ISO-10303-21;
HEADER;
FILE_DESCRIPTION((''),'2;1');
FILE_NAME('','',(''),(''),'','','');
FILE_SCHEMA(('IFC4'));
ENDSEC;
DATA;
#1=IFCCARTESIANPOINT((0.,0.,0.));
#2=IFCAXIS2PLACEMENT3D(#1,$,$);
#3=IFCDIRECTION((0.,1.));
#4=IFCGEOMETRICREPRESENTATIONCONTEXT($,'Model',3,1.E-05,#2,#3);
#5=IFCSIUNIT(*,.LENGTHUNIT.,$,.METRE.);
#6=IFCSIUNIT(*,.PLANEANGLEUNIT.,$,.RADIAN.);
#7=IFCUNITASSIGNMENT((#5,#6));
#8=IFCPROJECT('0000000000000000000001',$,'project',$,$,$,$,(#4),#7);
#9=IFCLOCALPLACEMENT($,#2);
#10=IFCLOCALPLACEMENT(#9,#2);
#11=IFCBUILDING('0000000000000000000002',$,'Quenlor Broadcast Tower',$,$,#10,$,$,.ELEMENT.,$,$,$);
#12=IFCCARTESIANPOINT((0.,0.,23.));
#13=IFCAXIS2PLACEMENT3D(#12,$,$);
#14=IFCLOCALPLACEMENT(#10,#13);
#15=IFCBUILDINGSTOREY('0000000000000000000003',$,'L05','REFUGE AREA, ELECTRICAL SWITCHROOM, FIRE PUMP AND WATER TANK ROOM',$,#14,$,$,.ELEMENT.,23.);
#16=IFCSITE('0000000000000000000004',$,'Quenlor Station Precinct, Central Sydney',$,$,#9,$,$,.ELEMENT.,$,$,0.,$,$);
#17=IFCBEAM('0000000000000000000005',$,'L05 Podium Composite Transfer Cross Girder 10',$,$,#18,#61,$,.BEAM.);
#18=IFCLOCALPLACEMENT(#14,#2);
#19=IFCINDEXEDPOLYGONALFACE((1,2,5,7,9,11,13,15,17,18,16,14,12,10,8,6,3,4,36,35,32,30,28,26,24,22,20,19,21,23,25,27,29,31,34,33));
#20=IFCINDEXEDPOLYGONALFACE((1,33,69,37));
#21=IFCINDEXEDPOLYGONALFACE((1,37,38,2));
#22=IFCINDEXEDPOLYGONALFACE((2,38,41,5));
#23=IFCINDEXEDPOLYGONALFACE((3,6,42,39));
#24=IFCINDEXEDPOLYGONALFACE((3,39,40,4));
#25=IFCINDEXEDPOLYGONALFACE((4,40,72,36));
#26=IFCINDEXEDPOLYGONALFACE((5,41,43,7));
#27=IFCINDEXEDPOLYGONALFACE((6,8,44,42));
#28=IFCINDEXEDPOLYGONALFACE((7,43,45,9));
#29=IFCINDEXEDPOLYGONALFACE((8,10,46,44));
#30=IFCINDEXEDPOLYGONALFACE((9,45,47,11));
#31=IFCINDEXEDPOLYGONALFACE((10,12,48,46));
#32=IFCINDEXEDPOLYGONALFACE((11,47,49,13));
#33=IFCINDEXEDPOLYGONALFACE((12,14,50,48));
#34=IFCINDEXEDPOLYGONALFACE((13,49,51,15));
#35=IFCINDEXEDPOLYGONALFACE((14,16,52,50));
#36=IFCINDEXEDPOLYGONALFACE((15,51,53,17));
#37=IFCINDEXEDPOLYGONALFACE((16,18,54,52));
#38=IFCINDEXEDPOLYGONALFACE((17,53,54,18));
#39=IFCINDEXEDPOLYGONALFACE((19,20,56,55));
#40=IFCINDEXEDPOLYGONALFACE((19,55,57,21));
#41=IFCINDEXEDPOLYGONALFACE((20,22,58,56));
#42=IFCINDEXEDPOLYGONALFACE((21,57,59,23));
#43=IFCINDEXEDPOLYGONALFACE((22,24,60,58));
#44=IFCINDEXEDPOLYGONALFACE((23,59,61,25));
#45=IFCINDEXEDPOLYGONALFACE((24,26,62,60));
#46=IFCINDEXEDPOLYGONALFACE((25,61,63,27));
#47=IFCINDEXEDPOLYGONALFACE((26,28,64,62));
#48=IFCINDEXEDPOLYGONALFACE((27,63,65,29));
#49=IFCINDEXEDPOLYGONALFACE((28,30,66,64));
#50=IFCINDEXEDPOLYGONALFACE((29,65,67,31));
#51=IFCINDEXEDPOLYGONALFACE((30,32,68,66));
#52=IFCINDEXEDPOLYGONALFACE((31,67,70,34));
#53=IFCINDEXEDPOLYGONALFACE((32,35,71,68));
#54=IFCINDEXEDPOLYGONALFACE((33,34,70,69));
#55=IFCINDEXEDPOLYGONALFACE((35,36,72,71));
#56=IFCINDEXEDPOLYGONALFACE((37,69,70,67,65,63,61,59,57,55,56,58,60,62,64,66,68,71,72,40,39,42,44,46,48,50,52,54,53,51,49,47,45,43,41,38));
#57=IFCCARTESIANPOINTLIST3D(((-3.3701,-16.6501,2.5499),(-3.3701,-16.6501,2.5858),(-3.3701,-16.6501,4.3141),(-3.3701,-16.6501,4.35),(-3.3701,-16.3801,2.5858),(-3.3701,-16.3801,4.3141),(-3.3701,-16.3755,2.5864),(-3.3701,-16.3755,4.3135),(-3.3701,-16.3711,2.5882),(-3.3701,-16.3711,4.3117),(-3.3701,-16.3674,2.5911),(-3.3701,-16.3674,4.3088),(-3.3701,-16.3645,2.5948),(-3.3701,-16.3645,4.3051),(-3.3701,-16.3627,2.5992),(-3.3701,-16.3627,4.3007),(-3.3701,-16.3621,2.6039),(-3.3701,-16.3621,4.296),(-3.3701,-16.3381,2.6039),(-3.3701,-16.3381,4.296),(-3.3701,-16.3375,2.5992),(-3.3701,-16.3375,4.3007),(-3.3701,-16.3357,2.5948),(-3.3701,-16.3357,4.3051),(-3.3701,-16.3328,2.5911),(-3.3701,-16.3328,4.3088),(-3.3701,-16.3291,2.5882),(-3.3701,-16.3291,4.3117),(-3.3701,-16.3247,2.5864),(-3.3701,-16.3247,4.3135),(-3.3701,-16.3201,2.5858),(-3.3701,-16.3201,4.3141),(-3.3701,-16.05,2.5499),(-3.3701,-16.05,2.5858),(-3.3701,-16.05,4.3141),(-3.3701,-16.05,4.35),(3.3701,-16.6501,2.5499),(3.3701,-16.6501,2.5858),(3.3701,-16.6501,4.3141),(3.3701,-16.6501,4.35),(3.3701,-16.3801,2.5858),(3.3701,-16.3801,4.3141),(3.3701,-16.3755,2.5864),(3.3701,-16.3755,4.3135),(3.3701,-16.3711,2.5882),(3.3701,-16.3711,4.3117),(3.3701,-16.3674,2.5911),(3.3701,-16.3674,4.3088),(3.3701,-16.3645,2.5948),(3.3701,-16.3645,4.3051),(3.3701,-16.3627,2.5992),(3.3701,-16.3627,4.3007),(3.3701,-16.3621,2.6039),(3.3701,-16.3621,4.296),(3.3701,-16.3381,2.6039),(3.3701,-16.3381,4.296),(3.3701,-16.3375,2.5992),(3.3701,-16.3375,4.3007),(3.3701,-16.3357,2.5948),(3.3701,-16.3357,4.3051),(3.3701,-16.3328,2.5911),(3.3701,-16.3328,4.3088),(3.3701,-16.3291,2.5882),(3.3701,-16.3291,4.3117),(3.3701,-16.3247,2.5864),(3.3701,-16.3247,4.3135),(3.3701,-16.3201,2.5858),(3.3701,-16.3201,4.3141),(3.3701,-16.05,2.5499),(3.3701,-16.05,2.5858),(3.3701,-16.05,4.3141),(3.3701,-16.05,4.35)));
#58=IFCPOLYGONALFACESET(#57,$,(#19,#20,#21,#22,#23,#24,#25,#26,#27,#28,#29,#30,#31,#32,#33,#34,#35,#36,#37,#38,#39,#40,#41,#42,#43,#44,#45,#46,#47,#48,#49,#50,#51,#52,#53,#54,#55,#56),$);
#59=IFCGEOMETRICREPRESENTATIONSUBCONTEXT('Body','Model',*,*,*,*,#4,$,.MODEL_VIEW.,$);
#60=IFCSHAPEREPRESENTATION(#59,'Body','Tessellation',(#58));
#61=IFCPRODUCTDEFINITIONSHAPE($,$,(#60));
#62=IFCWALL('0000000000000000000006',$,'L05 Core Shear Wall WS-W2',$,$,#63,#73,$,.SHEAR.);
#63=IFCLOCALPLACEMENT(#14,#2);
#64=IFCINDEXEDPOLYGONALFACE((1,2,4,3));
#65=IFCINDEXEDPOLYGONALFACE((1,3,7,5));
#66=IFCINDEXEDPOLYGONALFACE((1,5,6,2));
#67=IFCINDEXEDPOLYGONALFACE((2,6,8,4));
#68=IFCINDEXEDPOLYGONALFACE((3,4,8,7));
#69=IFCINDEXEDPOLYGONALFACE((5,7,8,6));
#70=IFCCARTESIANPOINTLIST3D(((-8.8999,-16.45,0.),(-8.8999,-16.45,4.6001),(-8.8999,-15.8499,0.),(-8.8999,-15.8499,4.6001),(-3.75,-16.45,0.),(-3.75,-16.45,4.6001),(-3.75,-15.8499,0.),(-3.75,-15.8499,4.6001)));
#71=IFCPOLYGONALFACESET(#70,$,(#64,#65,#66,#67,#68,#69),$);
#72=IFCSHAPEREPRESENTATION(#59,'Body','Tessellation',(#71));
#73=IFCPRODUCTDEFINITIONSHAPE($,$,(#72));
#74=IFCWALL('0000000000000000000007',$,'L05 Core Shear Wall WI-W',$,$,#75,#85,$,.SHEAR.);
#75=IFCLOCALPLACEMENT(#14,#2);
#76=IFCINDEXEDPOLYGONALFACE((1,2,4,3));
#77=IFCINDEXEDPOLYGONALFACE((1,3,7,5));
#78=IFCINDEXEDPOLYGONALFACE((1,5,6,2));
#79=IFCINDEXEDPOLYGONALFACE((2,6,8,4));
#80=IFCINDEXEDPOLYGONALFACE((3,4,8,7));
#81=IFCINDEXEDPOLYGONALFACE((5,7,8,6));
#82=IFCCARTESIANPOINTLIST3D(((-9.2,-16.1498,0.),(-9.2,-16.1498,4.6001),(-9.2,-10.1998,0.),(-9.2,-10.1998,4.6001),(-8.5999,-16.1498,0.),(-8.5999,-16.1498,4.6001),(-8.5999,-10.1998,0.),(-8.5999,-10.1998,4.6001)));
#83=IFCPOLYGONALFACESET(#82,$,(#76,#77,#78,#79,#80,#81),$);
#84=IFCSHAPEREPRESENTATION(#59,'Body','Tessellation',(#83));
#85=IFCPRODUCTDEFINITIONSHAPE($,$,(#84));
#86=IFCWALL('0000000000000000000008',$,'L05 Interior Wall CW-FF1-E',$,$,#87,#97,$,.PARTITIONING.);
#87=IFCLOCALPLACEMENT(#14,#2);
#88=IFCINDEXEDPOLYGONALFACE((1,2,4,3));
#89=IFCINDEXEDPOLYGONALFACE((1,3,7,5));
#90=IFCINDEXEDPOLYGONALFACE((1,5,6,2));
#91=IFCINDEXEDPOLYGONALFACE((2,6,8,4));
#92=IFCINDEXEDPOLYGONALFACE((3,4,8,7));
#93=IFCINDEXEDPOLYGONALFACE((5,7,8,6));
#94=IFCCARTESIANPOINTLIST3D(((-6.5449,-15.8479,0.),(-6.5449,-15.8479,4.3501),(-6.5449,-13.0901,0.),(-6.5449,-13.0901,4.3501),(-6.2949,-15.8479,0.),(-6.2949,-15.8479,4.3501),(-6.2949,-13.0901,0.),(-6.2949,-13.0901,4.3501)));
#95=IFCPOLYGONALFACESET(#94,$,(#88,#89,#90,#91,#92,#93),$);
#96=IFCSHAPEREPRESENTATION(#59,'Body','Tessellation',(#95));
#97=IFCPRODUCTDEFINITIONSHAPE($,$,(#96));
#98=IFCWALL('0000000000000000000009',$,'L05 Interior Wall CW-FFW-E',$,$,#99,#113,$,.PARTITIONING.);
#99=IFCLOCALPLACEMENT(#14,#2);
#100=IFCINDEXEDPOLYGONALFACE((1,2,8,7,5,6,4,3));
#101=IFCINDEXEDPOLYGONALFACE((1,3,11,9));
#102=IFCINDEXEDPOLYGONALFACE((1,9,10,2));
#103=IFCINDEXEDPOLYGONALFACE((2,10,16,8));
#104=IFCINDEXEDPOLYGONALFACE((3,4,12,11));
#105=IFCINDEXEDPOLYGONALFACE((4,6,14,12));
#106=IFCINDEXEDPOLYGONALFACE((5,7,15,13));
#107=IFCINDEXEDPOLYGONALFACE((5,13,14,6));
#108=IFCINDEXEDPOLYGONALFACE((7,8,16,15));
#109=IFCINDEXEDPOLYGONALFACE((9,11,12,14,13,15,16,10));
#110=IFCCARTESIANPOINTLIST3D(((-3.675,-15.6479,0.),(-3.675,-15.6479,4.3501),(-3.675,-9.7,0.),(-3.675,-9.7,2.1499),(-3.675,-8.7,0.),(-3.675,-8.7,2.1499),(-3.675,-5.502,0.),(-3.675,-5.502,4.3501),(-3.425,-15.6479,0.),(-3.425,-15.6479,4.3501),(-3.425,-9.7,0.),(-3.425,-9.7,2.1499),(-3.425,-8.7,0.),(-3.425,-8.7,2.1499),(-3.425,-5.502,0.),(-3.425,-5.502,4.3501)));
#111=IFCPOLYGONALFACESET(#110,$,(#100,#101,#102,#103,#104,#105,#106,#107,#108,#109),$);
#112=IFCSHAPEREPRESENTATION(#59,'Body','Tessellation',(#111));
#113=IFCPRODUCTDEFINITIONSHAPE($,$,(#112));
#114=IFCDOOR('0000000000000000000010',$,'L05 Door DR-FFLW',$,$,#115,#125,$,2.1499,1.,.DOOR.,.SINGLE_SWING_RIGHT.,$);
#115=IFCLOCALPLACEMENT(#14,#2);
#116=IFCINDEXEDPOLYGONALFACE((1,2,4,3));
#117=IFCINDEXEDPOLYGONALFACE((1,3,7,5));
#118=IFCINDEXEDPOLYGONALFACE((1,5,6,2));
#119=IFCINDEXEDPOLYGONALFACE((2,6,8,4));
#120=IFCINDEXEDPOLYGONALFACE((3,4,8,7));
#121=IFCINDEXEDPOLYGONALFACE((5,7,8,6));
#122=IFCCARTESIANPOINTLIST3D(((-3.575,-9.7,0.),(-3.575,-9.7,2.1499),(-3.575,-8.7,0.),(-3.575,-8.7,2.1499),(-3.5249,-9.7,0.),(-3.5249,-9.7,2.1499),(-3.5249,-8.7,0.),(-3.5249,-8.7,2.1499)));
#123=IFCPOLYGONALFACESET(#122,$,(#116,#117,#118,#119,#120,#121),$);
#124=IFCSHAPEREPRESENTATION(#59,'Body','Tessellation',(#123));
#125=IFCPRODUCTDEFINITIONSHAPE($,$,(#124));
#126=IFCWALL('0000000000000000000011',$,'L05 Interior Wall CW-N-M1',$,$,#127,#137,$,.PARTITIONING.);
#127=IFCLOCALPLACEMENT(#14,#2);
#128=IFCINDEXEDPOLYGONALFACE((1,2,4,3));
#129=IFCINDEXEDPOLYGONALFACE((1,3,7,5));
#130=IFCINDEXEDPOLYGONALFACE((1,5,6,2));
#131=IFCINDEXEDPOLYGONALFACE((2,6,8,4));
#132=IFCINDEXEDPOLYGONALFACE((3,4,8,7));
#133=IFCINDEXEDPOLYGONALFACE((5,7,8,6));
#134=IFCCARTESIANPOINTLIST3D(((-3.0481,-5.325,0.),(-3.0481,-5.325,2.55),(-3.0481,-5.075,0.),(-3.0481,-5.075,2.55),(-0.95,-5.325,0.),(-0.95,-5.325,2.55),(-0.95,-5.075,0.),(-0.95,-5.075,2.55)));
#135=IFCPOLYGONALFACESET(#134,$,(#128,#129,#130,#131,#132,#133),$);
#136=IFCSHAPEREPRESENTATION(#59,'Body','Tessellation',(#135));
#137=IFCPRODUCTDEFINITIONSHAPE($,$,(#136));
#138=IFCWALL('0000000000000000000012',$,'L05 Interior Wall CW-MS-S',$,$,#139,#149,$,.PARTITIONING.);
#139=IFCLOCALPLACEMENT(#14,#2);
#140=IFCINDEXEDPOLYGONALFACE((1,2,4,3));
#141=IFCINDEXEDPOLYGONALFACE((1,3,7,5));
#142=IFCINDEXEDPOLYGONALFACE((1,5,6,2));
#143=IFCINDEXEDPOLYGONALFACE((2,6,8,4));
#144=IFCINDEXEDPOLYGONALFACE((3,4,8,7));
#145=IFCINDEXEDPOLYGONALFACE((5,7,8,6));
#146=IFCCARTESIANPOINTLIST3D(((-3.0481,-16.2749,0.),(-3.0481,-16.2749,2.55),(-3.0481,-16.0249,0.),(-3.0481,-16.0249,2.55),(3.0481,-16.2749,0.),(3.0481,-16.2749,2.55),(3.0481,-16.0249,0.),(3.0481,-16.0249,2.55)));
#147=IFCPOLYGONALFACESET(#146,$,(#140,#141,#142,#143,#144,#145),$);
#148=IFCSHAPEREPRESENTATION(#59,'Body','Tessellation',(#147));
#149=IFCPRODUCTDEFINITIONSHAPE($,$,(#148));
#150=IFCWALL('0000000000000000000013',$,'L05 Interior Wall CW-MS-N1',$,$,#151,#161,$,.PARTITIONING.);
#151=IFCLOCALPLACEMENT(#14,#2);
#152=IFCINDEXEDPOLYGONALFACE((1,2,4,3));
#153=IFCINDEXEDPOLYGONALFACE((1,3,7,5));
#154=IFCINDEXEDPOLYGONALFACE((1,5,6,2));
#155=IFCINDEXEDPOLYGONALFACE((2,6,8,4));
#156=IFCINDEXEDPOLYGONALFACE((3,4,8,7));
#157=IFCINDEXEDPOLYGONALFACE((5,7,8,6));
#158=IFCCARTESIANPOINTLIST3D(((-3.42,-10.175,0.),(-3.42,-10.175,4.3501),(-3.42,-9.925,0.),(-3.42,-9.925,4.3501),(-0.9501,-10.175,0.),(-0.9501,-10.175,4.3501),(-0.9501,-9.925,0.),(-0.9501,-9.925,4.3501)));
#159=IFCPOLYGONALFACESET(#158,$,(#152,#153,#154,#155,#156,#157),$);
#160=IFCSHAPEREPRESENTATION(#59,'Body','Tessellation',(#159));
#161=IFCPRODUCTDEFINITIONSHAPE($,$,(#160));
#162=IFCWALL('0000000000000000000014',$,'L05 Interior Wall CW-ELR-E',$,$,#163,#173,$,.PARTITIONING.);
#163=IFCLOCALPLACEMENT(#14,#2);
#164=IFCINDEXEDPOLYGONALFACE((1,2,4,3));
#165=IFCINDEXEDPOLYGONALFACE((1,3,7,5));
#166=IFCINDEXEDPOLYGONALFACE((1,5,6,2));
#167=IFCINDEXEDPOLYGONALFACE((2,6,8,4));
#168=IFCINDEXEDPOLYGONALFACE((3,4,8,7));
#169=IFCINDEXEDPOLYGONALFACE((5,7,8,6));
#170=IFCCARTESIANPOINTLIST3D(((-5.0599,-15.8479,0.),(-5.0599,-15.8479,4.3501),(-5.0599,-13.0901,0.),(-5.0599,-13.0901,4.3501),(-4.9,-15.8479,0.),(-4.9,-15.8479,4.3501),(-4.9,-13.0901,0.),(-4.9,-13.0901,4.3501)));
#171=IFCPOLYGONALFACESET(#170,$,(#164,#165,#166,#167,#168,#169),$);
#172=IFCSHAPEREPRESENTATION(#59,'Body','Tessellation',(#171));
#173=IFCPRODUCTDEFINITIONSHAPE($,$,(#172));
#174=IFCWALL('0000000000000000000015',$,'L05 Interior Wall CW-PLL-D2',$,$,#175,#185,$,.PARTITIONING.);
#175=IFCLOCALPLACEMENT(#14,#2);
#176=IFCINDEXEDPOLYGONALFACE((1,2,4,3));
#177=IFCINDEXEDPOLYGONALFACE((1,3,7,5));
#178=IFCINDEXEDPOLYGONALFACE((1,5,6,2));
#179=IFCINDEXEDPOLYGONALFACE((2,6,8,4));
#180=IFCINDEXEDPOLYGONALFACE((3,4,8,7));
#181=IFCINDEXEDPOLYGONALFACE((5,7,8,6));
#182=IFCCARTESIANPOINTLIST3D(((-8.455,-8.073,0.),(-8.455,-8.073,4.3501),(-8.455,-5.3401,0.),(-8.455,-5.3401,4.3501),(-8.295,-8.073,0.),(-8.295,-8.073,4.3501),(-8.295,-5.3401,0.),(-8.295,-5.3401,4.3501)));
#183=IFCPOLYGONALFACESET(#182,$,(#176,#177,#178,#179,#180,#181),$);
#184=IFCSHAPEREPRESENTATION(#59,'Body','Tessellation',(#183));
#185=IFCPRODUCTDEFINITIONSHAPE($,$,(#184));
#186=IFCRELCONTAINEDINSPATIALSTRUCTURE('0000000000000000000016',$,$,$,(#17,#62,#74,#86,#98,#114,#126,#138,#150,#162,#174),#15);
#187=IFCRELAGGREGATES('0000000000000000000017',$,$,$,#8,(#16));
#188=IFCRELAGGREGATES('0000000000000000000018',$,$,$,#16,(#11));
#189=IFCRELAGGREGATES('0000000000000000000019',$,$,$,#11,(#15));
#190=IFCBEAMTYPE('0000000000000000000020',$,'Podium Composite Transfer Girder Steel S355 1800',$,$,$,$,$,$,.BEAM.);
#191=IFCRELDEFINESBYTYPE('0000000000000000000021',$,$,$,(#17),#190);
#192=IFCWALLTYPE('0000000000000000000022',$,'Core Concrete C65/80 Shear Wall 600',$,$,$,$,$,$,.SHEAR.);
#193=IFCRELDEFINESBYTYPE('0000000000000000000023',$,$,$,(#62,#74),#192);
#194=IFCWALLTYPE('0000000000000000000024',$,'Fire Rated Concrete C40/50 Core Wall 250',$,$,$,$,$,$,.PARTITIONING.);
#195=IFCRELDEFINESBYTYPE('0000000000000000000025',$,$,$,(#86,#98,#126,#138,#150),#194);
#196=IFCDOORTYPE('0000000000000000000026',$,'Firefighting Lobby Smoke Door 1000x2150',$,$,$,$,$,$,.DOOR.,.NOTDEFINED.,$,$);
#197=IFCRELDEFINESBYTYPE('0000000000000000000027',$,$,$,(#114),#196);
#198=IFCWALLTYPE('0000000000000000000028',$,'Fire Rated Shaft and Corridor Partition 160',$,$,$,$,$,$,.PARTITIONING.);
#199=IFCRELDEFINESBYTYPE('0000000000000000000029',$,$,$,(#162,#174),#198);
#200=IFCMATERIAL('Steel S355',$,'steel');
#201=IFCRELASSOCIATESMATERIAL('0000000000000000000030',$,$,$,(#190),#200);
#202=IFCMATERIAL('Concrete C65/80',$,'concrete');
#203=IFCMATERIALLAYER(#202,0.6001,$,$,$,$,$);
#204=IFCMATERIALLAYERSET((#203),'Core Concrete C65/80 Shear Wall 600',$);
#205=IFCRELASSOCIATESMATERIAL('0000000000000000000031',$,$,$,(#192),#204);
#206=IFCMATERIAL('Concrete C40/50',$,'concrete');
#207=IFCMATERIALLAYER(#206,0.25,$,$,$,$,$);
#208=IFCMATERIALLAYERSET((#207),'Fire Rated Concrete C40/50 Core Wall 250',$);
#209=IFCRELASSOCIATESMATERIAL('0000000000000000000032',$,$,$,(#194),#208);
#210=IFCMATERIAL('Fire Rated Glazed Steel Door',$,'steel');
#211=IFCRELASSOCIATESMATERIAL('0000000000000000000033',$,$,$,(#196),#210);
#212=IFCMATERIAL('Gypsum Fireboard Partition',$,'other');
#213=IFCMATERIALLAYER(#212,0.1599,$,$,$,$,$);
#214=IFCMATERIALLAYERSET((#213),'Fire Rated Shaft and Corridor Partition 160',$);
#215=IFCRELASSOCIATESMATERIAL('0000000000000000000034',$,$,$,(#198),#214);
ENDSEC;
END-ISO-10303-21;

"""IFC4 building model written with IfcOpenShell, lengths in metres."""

from ifc_helpers import new_model, si_unit, direction, frame, frame_2d, origin, origin_2d, place, context, subcontext, project, spatial, rectangle, i_section, extrude, material, layer, layer_set, material_profile, profile_set, type_object, element, fill, save


model = new_model("IFC4")

# Units and contexts
model_context = context("Model", 3, precision=1e-05, world=origin(), true_north=direction((0.0, 1.0)))
body_context = subcontext(model_context, "Body", "Model", "MODEL_VIEW")
ifc_project = project(units=[si_unit("LENGTHUNIT", "METRE"), si_unit("PLANEANGLEUNIT", "RADIAN")], contexts=[model_context])

# Site, building, storey
site_placement = place(None, origin())
site = spatial("IfcSite", under=ifc_project, at=site_placement, Name="Quenlor Station Precinct, Central Sydney", CompositionType="ELEMENT", RefElevation=0.0)
building_placement = place(site_placement, origin())
building = spatial("IfcBuilding", under=site, at=building_placement, Name="Quenlor Broadcast Tower", CompositionType="ELEMENT")
storey_placement = place(building_placement, frame((0.0, 0.0, 23.0)))
storey = spatial("IfcBuildingStorey", under=building, at=storey_placement, Name="L05", Description="REFUGE AREA, ELECTRICAL SWITCHROOM, FIRE PUMP AND WATER TANK ROOM", CompositionType="ELEMENT", Elevation=23.0)

# Beam
ifc_material_1 = material(Name="Steel S355", Category="steel")
ifc_material_profile = material_profile(ifc_material_1, i_section(OverallWidth=0.6001, OverallDepth=1.8, WebThickness=0.0239, FlangeThickness=0.0359, FilletRadius=0.0181, at=origin_2d()))
ifc_profile_set = profile_set([ifc_material_profile], Name="Steel S355 1800TG620")
beam_type = type_object("IfcBeamType", Name="Podium Composite Transfer Girder Steel S355 1800", PredefinedType="BEAM", material=ifc_profile_set)
beam_placement = place(storey_placement, frame((-3.3701, -16.3501, 3.45), z_axis=(1.0, 0.0, 0.0), x_axis=(0.0, 1.0, 0.0)))
element("IfcBeam", 1, at=beam_placement, inside=storey, type_object=beam_type, Name="L05 Podium Composite Transfer Cross Girder 10", PredefinedType="BEAM", context=body_context, shape_type="SweptSolid", body=[
    extrude(i_section(OverallWidth=0.6001, OverallDepth=1.8, WebThickness=0.0239, FlangeThickness=0.0359, FilletRadius=0.0181, at=origin_2d()), origin(), (0.0, 0.0, 1.0), 6.7402),
])

# Walls
ifc_material_2 = material(Name="Concrete C65/80", Category="concrete")
ifc_layer_1 = layer(ifc_material_2, 0.6001)
ifc_layer_set_1 = layer_set([ifc_layer_1], Name="Core Concrete C65/80 Shear Wall 600")
wall_type_1 = type_object("IfcWallType", Name="Core Concrete C65/80 Shear Wall 600", PredefinedType="SHEAR", material=ifc_layer_set_1)
wall_1_placement = place(storey_placement, frame((-8.8999, -16.1499, 0.0), z_axis=(0.0, 0.0, 1.0), x_axis=(1.0, 0.0, 0.0)))
element("IfcWall", 2, at=wall_1_placement, inside=storey, type_object=wall_type_1, Name="L05 Core Shear Wall WS-W2", PredefinedType="SHEAR", context=body_context, shape_type="SweptSolid", body=[
    extrude(rectangle(XDim=5.1499, YDim=0.6001, at=frame_2d((2.575, 0.0))), origin(), (0.0, 0.0, 1.0), 4.6001),
])
wall_2_placement = place(storey_placement, frame((-8.8999, -16.1499, 0.0), z_axis=(0.0, 0.0, 1.0), x_axis=(0.0, 1.0, 0.0)))
element("IfcWall", 3, at=wall_2_placement, inside=storey, type_object=wall_type_1, Name="L05 Core Shear Wall WI-W", PredefinedType="SHEAR", context=body_context, shape_type="SweptSolid", body=[
    extrude(rectangle(XDim=5.95, YDim=0.6001, at=frame_2d((2.9751, 0.0))), origin(), (0.0, 0.0, 1.0), 4.6001),
])

# Shared definitions
ifc_material_3 = material(Name="Concrete C40/50", Category="concrete")
ifc_layer_2 = layer(ifc_material_3, 0.25)
ifc_layer_set_2 = layer_set([ifc_layer_2], Name="Fire Rated Concrete C40/50 Core Wall 250")
wall_type_2 = type_object("IfcWallType", Name="Fire Rated Concrete C40/50 Core Wall 250", PredefinedType="PARTITIONING", material=ifc_layer_set_2)

# Wall
wall_3_placement = place(storey_placement, frame((-6.4199, -15.8479, 0.0), z_axis=(0.0, 0.0, 1.0), x_axis=(0.0, 1.0, 0.0)))
element("IfcWall", 4, at=wall_3_placement, inside=storey, type_object=wall_type_2, Name="L05 Interior Wall CW-FF1-E", PredefinedType="PARTITIONING", context=body_context, shape_type="SweptSolid", body=[
    extrude(rectangle(XDim=2.7578, YDim=0.25, at=frame_2d((1.3789, 0.0))), origin(), (0.0, 0.0, 1.0), 4.3501),
])

# Wall, opening, door
wall_4_placement = place(storey_placement, frame((-3.55, -15.6479, 0.0), z_axis=(0.0, 0.0, 1.0), x_axis=(0.0, 1.0, 0.0)))
wall_4 = element("IfcWall", 5, at=wall_4_placement, inside=storey, type_object=wall_type_2, Name="L05 Interior Wall CW-FFW-E", PredefinedType="PARTITIONING", context=body_context, shape_type="SweptSolid", body=[
    extrude(rectangle(XDim=10.146, YDim=0.25, at=frame_2d((5.073, 0.0))), origin(), (0.0, 0.0, 1.0), 4.3501),
])
opening_1_placement = place(wall_4_placement, frame((5.948, 0.0, 0.0)))
opening_1 = element("IfcOpeningElement", 6, at=opening_1_placement, cuts=wall_4, PredefinedType="OPENING", context=body_context, shape_type="SweptSolid", body=[
    extrude(rectangle(XDim=1.0, YDim=2.1499, at=frame_2d((0.5, 1.075))), frame((0.0, 0.135, 0.0), z_axis=(0.0, -1.0, 0.0), x_axis=(1.0, 0.0, 0.0)), (0.0, 0.0, 1.0), 0.27),
])
ifc_material_4 = material(Name="Fire Rated Glazed Steel Door", Category="steel")
door_type_1 = type_object("IfcDoorType", Name="Firefighting Lobby Smoke Door 1000x2150", OperationType="NOTDEFINED", PredefinedType="DOOR", material=ifc_material_4)
door_1_placement = place(opening_1_placement, origin())
door_1 = element("IfcDoor", 7, at=door_1_placement, inside=storey, type_object=door_type_1, Name="L05 Door DR-FFLW", OperationType="SINGLE_SWING_RIGHT", OverallHeight=2.1499, OverallWidth=1.0, PredefinedType="DOOR", context=body_context, shape_type="SweptSolid", body=[
    extrude(rectangle(XDim=1.0, YDim=2.1499, at=frame_2d((0.5, 1.075))), frame((0.0, 0.0249, 0.0), z_axis=(0.0, -1.0, 0.0), x_axis=(1.0, 0.0, 0.0)), (0.0, 0.0, 1.0), 0.05),
])
fill(opening_1, door_1)

# Walls
wall_5_placement = place(storey_placement, frame((-3.0481, -5.2, 0.0), z_axis=(0.0, 0.0, 1.0), x_axis=(1.0, 0.0, 0.0)))
element("IfcWall", 8, at=wall_5_placement, inside=storey, type_object=wall_type_2, Name="L05 Interior Wall CW-N-M1", PredefinedType="PARTITIONING", context=body_context, shape_type="SweptSolid", body=[
    extrude(rectangle(XDim=2.0981, YDim=0.25, at=frame_2d((1.0491, 0.0))), origin(), (0.0, 0.0, 1.0), 2.55),
])
wall_6_placement = place(storey_placement, frame((-3.0481, -16.1499, 0.0), z_axis=(0.0, 0.0, 1.0), x_axis=(1.0, 0.0, 0.0)))
element("IfcWall", 9, at=wall_6_placement, inside=storey, type_object=wall_type_2, Name="L05 Interior Wall CW-MS-S", PredefinedType="PARTITIONING", context=body_context, shape_type="SweptSolid", body=[
    extrude(rectangle(XDim=6.0962, YDim=0.25, at=frame_2d((3.0481, 0.0))), origin(), (0.0, 0.0, 1.0), 2.55),
])
wall_7_placement = place(storey_placement, frame((-3.4199, -10.05, 0.0), z_axis=(0.0, 0.0, 1.0), x_axis=(1.0, 0.0, 0.0)))
element("IfcWall", 10, at=wall_7_placement, inside=storey, type_object=wall_type_2, Name="L05 Interior Wall CW-MS-N1", PredefinedType="PARTITIONING", context=body_context, shape_type="SweptSolid", body=[
    extrude(rectangle(XDim=2.47, YDim=0.25, at=frame_2d((1.2349, 0.0))), origin(), (0.0, 0.0, 1.0), 4.3501),
])
ifc_material_5 = material(Name="Gypsum Fireboard Partition", Category="other")
ifc_layer_3 = layer(ifc_material_5, 0.1599)
ifc_layer_set_3 = layer_set([ifc_layer_3], Name="Fire Rated Shaft and Corridor Partition 160")
wall_type_3 = type_object("IfcWallType", Name="Fire Rated Shaft and Corridor Partition 160", PredefinedType="PARTITIONING", material=ifc_layer_set_3)
wall_8_placement = place(storey_placement, frame((-4.98, -15.8479, 0.0), z_axis=(0.0, 0.0, 1.0), x_axis=(0.0, 1.0, 0.0)))
element("IfcWall", 11, at=wall_8_placement, inside=storey, type_object=wall_type_3, Name="L05 Interior Wall CW-ELR-E", PredefinedType="PARTITIONING", context=body_context, shape_type="SweptSolid", body=[
    extrude(rectangle(XDim=2.7578, YDim=0.1599, at=frame_2d((1.3789, 0.0))), origin(), (0.0, 0.0, 1.0), 4.3501),
])
for number, where, z_axis, x_axis, name in (
    (12, (-8.375, -8.073, 0.0), (0.0, 0.0, 1.0), (0.0, 1.0, 0.0), "L05 Interior Wall CW-PLL-D2"),
):
    element("IfcWall", number, at=place(storey_placement, frame(where, z_axis=z_axis, x_axis=x_axis)), inside=storey, type_object=wall_type_3, Name=name, PredefinedType="PARTITIONING", context=body_context, shape_type="SweptSolid", body=[
        extrude(rectangle(XDim=2.7329, YDim=0.1599, at=frame_2d((1.3665, 0.0))), origin(), (0.0, 0.0, 1.0), 4.3501),
    ])

save(model, "model.ifc")
